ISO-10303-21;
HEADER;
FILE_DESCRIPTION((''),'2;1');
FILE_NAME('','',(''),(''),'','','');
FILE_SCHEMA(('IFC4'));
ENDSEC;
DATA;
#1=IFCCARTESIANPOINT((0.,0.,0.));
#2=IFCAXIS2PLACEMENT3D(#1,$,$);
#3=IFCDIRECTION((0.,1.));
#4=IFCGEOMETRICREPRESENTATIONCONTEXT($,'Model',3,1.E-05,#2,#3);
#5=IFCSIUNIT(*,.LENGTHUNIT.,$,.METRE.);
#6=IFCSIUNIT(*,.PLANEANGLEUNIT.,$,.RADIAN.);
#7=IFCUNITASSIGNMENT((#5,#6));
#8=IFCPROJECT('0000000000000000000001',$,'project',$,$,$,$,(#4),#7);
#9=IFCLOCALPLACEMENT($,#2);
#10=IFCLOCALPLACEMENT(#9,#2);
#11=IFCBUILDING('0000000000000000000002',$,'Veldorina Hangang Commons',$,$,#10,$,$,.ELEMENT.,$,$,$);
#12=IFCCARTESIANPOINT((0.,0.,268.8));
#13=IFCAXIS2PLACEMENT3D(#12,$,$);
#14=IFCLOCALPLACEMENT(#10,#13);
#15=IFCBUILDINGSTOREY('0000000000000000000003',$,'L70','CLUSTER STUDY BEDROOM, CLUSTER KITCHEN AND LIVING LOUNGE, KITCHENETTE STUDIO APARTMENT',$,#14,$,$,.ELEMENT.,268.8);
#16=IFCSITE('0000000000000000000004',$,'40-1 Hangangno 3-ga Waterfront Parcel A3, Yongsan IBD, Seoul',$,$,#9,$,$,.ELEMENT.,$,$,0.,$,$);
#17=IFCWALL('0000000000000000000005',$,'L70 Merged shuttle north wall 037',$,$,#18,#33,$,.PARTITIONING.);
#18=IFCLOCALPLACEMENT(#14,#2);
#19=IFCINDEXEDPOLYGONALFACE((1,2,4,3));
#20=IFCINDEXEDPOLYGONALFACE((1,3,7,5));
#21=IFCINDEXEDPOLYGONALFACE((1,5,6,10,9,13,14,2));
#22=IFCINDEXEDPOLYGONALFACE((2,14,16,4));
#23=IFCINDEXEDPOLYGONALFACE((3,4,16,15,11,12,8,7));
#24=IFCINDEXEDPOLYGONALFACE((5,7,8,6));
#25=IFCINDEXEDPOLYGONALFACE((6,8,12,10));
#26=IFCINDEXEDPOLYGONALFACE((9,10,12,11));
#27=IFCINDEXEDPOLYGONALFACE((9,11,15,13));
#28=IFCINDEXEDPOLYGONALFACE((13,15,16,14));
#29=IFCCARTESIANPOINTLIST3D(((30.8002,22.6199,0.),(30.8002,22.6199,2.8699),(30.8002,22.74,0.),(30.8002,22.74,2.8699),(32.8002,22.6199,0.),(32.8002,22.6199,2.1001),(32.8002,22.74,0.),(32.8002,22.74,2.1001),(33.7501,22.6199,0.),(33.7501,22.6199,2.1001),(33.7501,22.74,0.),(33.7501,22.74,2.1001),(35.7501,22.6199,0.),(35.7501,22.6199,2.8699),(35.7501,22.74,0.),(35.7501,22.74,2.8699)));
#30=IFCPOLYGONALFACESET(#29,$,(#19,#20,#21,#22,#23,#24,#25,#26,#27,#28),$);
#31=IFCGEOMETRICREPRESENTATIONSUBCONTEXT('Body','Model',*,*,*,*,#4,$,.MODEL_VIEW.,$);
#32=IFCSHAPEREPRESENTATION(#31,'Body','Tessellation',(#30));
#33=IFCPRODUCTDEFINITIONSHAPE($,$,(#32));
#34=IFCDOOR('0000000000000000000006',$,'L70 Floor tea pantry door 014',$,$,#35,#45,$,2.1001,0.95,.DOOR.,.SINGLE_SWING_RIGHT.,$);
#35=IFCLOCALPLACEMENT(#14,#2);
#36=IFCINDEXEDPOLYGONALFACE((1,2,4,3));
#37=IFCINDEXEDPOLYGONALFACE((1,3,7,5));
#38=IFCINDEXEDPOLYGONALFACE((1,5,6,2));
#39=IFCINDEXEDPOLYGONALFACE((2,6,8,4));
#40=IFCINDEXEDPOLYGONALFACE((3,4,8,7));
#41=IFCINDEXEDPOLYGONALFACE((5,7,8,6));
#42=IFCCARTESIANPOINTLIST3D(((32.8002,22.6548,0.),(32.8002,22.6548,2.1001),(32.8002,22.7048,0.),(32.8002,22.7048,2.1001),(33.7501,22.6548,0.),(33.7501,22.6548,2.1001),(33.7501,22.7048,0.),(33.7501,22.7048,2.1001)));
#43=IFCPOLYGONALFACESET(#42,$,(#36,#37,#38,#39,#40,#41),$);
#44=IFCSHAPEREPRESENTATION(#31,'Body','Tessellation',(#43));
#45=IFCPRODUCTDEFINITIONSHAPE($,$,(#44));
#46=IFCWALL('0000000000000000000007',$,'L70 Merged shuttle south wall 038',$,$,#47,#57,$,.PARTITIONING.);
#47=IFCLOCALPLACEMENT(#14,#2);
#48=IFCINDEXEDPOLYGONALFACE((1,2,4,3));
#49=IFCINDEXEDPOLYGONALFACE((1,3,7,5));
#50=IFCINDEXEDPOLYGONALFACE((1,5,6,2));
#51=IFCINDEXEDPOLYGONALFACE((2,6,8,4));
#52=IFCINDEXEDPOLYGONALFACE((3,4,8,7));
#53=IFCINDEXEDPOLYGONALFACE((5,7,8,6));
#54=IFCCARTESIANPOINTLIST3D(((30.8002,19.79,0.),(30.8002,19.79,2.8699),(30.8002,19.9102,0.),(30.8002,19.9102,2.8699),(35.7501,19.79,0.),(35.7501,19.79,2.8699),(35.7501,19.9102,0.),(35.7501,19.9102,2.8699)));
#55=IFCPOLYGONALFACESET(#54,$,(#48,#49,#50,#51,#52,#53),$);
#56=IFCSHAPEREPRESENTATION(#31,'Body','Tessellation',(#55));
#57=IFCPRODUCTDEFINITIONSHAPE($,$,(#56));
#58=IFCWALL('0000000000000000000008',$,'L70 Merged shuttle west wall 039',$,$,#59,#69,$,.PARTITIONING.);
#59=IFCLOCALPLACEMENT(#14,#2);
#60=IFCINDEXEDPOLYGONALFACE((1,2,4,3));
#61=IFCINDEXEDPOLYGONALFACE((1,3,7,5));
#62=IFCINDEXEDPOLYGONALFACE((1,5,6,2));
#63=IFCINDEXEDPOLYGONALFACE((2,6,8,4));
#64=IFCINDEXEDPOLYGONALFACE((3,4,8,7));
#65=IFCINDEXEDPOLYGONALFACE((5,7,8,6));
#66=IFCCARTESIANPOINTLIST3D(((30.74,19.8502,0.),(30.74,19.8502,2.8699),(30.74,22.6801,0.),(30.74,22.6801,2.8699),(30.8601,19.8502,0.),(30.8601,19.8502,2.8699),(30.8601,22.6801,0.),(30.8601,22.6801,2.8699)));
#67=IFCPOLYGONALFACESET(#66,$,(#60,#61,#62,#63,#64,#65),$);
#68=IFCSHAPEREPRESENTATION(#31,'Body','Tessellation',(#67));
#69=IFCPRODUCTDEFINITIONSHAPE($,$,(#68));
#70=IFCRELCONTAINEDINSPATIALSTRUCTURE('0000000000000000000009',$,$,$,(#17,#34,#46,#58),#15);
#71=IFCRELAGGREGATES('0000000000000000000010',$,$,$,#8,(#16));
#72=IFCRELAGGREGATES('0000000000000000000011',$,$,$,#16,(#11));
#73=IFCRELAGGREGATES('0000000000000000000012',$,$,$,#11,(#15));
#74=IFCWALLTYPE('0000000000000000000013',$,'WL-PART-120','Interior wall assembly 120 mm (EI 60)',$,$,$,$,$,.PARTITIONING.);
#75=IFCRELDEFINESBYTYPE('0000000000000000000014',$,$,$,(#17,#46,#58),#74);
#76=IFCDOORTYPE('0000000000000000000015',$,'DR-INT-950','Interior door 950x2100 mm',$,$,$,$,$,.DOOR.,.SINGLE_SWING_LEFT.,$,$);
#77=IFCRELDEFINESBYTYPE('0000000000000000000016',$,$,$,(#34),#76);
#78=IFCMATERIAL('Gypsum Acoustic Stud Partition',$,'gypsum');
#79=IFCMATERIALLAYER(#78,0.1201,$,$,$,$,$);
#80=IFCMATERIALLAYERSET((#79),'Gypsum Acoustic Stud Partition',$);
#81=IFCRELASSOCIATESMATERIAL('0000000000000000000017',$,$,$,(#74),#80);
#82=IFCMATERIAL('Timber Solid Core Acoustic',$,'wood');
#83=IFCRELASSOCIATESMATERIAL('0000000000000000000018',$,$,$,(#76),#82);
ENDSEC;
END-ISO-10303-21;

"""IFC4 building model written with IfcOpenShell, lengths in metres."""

from ifc_helpers import new_model, si_unit, direction, frame, frame_2d, origin, place, context, subcontext, project, spatial, rectangle, extrude, material, layer, layer_set, type_object, element, fill, save


model = new_model("IFC4")

# Units and contexts
model_context = context("Model", 3, precision=1e-05, world=origin(), true_north=direction((0.0, 1.0)))
body_context = subcontext(model_context, "Body", "Model", "MODEL_VIEW")
ifc_project = project(units=[si_unit("LENGTHUNIT", "METRE"), si_unit("PLANEANGLEUNIT", "RADIAN")], contexts=[model_context])

# Site, building, storey
site_placement = place(None, origin())
site = spatial("IfcSite", under=ifc_project, at=site_placement, Name="40-1 Hangangno 3-ga Waterfront Parcel A3, Yongsan IBD, Seoul", CompositionType="ELEMENT", RefElevation=0.0)
building_placement = place(site_placement, origin())
building = spatial("IfcBuilding", under=site, at=building_placement, Name="Veldorina Hangang Commons", CompositionType="ELEMENT")
storey_placement = place(building_placement, frame((0.0, 0.0, 268.8)))
storey = spatial("IfcBuildingStorey", under=building, at=storey_placement, Name="L70", Description="CLUSTER STUDY BEDROOM, CLUSTER KITCHEN AND LIVING LOUNGE, KITCHENETTE STUDIO APARTMENT", CompositionType="ELEMENT", Elevation=268.8)

# Wall, opening, door
ifc_material_1 = material(Name="Gypsum Acoustic Stud Partition", Category="gypsum")
ifc_layer_1 = layer(ifc_material_1, 0.1201)
ifc_layer_set_1 = layer_set([ifc_layer_1], Name="Gypsum Acoustic Stud Partition")
wall_type_1 = type_object("IfcWallType", Name="WL-PART-120", Description="Interior wall assembly 120 mm (EI 60)", PredefinedType="PARTITIONING", material=ifc_layer_set_1)
wall_1_placement = place(storey_placement, frame((30.8, 22.6799, 0.0), z_axis=(0.0, 0.0, 1.0), x_axis=(1.0, 0.0, 0.0)))
wall_1 = element("IfcWall", 1, at=wall_1_placement, inside=storey, type_object=wall_type_1, Name="L70 Merged shuttle north wall 037", PredefinedType="PARTITIONING", context=body_context, shape_type="SweptSolid", body=[
    extrude(rectangle(XDim=4.95, YDim=0.1201, at=frame_2d((2.4751, 0.0))), origin(), (0.0, 0.0, 1.0), 2.8699),
])
opening_1_placement = place(wall_1_placement, frame((2.0, 0.0, 0.0)))
opening_1 = element("IfcOpeningElement", 2, at=opening_1_placement, cuts=wall_1, PredefinedType="OPENING", context=body_context, shape_type="SweptSolid", body=[
    extrude(rectangle(XDim=0.95, YDim=2.1001, at=frame_2d((0.4751, 1.05))), frame((0.0, 0.0701, 0.0), z_axis=(0.0, -1.0, 0.0), x_axis=(1.0, 0.0, 0.0)), (0.0, 0.0, 1.0), 0.1401),
])
ifc_material_2 = material(Name="Timber Solid Core Acoustic", Category="wood")
door_type_1 = type_object("IfcDoorType", Name="DR-INT-950", Description="Interior door 950x2100 mm", OperationType="SINGLE_SWING_LEFT", PredefinedType="DOOR", material=ifc_material_2)
door_1_placement = place(opening_1_placement, origin())
door_1 = element("IfcDoor", 3, at=door_1_placement, inside=storey, type_object=door_type_1, Name="L70 Floor tea pantry door 014", OperationType="SINGLE_SWING_RIGHT", OverallHeight=2.1001, OverallWidth=0.95, PredefinedType="DOOR", context=body_context, shape_type="SweptSolid", body=[
    extrude(rectangle(XDim=0.95, YDim=2.1001, at=frame_2d((0.4751, 1.05))), frame((0.0, 0.0249, 0.0), z_axis=(0.0, -1.0, 0.0), x_axis=(1.0, 0.0, 0.0)), (0.0, 0.0, 1.0), 0.05),
])
fill(opening_1, door_1)

# Walls
wall_2_placement = place(storey_placement, frame((30.8, 19.8501, 0.0), z_axis=(0.0, 0.0, 1.0), x_axis=(1.0, 0.0, 0.0)))
element("IfcWall", 4, at=wall_2_placement, inside=storey, type_object=wall_type_1, Name="L70 Merged shuttle south wall 038", PredefinedType="PARTITIONING", context=body_context, shape_type="SweptSolid", body=[
    extrude(rectangle(XDim=4.95, YDim=0.1201, at=frame_2d((2.4751, 0.0))), origin(), (0.0, 0.0, 1.0), 2.8699),
])
wall_3_placement = place(storey_placement, frame((30.8, 19.8501, 0.0), z_axis=(0.0, 0.0, 1.0), x_axis=(0.0, 1.0, 0.0)))
element("IfcWall", 5, at=wall_3_placement, inside=storey, type_object=wall_type_1, Name="L70 Merged shuttle west wall 039", PredefinedType="PARTITIONING", context=body_context, shape_type="SweptSolid", body=[
    extrude(rectangle(XDim=2.8298, YDim=0.1201, at=frame_2d((1.415, 0.0))), origin(), (0.0, 0.0, 1.0), 2.8699),
])

save(model, "model.ifc")
